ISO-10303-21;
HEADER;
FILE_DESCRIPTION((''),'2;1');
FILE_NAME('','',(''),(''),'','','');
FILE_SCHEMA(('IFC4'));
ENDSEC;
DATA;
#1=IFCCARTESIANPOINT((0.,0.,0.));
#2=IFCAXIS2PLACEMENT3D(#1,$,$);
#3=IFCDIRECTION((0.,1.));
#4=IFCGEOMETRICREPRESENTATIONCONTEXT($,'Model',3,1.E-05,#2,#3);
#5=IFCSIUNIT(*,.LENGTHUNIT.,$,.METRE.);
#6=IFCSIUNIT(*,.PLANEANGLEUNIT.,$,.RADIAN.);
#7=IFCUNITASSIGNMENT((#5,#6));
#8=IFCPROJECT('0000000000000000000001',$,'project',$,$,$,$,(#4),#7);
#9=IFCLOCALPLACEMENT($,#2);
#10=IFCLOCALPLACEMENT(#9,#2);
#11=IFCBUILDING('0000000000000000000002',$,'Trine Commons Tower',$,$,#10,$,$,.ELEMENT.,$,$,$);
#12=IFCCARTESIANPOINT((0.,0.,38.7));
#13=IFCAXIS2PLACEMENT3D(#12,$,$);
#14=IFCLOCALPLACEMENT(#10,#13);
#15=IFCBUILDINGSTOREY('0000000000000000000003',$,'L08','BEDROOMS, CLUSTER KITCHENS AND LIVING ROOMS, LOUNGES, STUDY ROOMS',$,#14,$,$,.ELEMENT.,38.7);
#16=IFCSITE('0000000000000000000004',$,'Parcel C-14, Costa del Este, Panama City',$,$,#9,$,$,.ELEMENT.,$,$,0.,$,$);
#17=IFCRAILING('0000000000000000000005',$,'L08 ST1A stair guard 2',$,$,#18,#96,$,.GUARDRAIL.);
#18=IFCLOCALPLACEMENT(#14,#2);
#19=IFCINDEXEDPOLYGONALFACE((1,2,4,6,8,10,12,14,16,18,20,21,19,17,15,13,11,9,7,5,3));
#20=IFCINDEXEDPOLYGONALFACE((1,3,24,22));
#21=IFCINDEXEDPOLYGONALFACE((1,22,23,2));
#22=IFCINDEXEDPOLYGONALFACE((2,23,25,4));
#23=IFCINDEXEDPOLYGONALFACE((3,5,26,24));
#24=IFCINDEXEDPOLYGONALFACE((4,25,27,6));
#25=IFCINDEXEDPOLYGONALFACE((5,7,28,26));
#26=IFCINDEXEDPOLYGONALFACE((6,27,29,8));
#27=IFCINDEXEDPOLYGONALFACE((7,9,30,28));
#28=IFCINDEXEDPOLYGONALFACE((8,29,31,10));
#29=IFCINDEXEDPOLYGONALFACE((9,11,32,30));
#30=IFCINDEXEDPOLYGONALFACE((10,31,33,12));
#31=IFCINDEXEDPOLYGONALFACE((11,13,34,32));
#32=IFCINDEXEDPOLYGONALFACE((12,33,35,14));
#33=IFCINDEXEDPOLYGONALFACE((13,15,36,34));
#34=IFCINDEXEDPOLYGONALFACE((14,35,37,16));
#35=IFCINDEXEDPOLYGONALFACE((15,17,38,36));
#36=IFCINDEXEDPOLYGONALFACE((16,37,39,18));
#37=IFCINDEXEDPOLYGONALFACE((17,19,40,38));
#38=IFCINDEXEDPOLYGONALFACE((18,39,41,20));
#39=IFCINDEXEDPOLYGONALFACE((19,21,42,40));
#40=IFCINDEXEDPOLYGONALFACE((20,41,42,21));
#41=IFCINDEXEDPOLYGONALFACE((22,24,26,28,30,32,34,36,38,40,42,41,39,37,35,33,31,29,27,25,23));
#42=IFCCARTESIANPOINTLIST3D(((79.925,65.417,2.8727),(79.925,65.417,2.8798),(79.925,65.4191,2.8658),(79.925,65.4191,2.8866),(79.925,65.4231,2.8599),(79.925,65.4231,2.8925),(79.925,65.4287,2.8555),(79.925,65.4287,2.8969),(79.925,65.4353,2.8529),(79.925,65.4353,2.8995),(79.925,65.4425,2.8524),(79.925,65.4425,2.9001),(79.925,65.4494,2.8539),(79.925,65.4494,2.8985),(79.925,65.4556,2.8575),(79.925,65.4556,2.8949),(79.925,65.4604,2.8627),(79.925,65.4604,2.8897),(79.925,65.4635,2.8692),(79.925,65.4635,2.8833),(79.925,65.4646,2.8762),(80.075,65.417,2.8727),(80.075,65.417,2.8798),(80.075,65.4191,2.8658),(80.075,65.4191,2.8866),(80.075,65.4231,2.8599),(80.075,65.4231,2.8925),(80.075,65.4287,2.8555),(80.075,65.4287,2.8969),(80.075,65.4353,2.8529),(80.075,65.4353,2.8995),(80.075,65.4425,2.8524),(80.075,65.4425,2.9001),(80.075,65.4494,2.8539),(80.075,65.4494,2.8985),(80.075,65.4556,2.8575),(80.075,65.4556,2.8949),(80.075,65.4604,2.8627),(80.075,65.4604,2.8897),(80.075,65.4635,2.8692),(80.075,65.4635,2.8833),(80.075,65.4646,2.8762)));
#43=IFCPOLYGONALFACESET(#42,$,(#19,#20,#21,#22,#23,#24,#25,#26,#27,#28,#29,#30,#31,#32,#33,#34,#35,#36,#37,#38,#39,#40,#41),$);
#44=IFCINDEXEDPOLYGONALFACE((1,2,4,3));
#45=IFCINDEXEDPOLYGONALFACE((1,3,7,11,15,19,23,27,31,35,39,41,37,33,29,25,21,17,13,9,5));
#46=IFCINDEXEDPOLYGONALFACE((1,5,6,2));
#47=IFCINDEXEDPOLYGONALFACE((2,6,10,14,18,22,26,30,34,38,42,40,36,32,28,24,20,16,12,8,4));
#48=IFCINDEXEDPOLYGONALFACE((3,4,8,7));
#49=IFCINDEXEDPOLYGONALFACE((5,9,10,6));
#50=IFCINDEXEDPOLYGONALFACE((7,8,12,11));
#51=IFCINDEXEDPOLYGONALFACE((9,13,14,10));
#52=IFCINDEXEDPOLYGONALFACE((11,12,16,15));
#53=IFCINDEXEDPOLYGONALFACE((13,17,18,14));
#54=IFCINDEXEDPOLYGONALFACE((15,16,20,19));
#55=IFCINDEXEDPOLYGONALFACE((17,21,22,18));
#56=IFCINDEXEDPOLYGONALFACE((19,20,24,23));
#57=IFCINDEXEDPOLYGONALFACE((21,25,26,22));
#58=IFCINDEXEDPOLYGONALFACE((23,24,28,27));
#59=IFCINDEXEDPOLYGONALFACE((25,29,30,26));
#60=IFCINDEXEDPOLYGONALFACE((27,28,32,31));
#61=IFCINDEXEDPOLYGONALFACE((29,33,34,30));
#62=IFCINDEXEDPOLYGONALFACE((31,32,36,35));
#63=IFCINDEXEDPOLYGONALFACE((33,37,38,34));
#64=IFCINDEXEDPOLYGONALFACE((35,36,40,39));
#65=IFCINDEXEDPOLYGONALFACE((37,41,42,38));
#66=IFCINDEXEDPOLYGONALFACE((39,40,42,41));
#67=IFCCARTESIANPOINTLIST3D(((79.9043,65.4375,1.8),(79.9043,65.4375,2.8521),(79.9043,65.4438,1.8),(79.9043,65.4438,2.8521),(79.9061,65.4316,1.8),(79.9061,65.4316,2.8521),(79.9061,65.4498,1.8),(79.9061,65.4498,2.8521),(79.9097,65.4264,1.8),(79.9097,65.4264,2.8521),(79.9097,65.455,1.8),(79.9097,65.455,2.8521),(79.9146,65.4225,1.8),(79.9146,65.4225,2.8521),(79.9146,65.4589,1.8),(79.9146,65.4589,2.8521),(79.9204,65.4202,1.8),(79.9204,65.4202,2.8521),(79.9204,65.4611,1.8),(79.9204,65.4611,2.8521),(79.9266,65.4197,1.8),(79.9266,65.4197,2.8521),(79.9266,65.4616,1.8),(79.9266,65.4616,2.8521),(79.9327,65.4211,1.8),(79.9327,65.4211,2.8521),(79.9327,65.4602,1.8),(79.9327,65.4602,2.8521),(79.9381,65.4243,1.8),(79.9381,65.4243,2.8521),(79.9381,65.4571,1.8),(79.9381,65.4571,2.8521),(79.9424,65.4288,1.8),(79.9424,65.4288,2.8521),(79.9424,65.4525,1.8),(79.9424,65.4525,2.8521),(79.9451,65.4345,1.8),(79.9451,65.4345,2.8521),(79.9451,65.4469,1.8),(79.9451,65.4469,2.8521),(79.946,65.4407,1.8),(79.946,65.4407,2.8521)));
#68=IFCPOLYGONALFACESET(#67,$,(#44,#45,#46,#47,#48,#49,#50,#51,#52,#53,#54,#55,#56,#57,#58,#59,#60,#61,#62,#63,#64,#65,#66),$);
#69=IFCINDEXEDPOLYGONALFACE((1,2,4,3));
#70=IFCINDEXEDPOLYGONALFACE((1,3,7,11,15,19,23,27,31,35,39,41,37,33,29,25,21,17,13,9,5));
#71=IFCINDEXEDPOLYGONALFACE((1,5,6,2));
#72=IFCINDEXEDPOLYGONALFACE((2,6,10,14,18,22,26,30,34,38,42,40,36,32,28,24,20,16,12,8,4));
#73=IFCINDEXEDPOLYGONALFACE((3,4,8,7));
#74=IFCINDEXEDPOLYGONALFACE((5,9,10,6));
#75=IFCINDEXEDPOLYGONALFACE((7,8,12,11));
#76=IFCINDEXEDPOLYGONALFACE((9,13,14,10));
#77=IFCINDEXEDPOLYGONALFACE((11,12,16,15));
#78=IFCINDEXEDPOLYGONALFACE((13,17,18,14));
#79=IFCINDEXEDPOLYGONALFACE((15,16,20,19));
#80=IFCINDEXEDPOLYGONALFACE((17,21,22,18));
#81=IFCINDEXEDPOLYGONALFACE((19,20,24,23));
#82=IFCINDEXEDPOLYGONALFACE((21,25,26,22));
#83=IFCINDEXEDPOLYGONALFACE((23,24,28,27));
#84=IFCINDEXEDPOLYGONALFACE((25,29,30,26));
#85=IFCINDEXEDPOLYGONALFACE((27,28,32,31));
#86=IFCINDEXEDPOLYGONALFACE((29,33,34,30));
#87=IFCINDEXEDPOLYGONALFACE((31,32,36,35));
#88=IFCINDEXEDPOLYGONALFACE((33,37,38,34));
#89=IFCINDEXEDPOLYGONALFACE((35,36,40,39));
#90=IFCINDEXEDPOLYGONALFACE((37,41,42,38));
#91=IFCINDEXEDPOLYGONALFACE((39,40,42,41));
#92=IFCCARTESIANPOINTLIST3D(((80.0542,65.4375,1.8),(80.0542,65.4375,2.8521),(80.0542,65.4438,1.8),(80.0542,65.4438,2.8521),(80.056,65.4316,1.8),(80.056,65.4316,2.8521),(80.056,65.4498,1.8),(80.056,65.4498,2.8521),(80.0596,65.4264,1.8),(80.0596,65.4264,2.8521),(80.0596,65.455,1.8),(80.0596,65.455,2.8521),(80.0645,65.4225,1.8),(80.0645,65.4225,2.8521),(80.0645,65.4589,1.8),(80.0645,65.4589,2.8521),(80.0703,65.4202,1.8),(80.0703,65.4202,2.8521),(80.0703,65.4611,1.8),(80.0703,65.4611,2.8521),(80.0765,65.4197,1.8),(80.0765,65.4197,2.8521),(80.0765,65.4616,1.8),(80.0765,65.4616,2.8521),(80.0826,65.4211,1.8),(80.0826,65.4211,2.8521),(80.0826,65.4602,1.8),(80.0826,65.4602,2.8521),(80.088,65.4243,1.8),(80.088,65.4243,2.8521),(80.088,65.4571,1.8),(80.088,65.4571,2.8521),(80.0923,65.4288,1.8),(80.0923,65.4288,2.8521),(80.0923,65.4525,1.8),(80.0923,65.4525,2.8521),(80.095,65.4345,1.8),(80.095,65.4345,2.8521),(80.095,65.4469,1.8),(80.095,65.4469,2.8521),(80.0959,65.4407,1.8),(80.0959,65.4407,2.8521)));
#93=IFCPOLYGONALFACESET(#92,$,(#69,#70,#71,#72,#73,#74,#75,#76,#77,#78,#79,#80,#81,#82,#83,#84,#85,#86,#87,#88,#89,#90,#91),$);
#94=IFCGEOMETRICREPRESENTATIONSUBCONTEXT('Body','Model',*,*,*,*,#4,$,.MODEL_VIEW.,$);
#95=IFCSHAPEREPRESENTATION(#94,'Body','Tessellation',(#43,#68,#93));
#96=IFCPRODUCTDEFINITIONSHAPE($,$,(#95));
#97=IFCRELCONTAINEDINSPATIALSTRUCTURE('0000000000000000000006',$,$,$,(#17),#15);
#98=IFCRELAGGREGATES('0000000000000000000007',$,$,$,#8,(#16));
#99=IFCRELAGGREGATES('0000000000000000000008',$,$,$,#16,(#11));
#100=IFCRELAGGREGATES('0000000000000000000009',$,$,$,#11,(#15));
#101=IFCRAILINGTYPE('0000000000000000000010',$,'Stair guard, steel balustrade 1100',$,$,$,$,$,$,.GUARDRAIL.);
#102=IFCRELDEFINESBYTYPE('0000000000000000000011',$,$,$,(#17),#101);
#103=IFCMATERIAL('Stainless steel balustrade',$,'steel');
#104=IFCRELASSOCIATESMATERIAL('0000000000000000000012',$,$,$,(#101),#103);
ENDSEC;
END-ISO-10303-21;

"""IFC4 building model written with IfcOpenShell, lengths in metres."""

from ifc_helpers import new_model, si_unit, direction, frame, origin, origin_2d, place, context, subcontext, project, spatial, circle, extrude, material, type_object, element, save


model = new_model("IFC4")

# Units and contexts
model_context = context("Model", 3, precision=1e-05, world=origin(), true_north=direction((0.0, 1.0)))
body_context = subcontext(model_context, "Body", "Model", "MODEL_VIEW")
ifc_project = project(units=[si_unit("LENGTHUNIT", "METRE"), si_unit("PLANEANGLEUNIT", "RADIAN")], contexts=[model_context])

# Site, building, storey
site_placement = place(None, origin())
site = spatial("IfcSite", under=ifc_project, at=site_placement, Name="Parcel C-14, Costa del Este, Panama City", CompositionType="ELEMENT", RefElevation=0.0)
building_placement = place(site_placement, origin())
building = spatial("IfcBuilding", under=site, at=building_placement, Name="Trine Commons Tower", CompositionType="ELEMENT")
storey_placement = place(building_placement, frame((0.0, 0.0, 38.7)))
storey = spatial("IfcBuildingStorey", under=building, at=storey_placement, Name="L08", Description="BEDROOMS, CLUSTER KITCHENS AND LIVING ROOMS, LOUNGES, STUDY ROOMS", CompositionType="ELEMENT", Elevation=38.7)

# Railing
ifc_material_1 = material(Name="Stainless steel balustrade", Category="steel")
railing_type_1 = type_object("IfcRailingType", Name="Stair guard, steel balustrade 1100", PredefinedType="GUARDRAIL", material=ifc_material_1)
railing_1_placement = place(storey_placement, frame((79.925, 65.4407, 1.8)))
element("IfcRailing", 1, at=railing_1_placement, inside=storey, type_object=railing_type_1, Name="L08 ST1A stair guard 2", PredefinedType="GUARDRAIL", context=body_context, shape_type="SweptSolid", body=[
    extrude(circle(Radius=0.0239, at=origin_2d()), frame((0.0, 0.0, 1.0762), z_axis=(1.0, 0.0, 0.0), x_axis=(0.0, 1.0, 0.0)), (0.0, 0.0, 1.0), 0.1499),
    extrude(circle(Radius=0.021, at=origin_2d()), origin(), (0.0, 0.0, 1.0), 1.052),
    extrude(circle(Radius=0.021, at=origin_2d()), frame((0.1499, 0.0, 0.0)), (0.0, 0.0, 1.0), 1.052),
])

save(model, "model.ifc")
